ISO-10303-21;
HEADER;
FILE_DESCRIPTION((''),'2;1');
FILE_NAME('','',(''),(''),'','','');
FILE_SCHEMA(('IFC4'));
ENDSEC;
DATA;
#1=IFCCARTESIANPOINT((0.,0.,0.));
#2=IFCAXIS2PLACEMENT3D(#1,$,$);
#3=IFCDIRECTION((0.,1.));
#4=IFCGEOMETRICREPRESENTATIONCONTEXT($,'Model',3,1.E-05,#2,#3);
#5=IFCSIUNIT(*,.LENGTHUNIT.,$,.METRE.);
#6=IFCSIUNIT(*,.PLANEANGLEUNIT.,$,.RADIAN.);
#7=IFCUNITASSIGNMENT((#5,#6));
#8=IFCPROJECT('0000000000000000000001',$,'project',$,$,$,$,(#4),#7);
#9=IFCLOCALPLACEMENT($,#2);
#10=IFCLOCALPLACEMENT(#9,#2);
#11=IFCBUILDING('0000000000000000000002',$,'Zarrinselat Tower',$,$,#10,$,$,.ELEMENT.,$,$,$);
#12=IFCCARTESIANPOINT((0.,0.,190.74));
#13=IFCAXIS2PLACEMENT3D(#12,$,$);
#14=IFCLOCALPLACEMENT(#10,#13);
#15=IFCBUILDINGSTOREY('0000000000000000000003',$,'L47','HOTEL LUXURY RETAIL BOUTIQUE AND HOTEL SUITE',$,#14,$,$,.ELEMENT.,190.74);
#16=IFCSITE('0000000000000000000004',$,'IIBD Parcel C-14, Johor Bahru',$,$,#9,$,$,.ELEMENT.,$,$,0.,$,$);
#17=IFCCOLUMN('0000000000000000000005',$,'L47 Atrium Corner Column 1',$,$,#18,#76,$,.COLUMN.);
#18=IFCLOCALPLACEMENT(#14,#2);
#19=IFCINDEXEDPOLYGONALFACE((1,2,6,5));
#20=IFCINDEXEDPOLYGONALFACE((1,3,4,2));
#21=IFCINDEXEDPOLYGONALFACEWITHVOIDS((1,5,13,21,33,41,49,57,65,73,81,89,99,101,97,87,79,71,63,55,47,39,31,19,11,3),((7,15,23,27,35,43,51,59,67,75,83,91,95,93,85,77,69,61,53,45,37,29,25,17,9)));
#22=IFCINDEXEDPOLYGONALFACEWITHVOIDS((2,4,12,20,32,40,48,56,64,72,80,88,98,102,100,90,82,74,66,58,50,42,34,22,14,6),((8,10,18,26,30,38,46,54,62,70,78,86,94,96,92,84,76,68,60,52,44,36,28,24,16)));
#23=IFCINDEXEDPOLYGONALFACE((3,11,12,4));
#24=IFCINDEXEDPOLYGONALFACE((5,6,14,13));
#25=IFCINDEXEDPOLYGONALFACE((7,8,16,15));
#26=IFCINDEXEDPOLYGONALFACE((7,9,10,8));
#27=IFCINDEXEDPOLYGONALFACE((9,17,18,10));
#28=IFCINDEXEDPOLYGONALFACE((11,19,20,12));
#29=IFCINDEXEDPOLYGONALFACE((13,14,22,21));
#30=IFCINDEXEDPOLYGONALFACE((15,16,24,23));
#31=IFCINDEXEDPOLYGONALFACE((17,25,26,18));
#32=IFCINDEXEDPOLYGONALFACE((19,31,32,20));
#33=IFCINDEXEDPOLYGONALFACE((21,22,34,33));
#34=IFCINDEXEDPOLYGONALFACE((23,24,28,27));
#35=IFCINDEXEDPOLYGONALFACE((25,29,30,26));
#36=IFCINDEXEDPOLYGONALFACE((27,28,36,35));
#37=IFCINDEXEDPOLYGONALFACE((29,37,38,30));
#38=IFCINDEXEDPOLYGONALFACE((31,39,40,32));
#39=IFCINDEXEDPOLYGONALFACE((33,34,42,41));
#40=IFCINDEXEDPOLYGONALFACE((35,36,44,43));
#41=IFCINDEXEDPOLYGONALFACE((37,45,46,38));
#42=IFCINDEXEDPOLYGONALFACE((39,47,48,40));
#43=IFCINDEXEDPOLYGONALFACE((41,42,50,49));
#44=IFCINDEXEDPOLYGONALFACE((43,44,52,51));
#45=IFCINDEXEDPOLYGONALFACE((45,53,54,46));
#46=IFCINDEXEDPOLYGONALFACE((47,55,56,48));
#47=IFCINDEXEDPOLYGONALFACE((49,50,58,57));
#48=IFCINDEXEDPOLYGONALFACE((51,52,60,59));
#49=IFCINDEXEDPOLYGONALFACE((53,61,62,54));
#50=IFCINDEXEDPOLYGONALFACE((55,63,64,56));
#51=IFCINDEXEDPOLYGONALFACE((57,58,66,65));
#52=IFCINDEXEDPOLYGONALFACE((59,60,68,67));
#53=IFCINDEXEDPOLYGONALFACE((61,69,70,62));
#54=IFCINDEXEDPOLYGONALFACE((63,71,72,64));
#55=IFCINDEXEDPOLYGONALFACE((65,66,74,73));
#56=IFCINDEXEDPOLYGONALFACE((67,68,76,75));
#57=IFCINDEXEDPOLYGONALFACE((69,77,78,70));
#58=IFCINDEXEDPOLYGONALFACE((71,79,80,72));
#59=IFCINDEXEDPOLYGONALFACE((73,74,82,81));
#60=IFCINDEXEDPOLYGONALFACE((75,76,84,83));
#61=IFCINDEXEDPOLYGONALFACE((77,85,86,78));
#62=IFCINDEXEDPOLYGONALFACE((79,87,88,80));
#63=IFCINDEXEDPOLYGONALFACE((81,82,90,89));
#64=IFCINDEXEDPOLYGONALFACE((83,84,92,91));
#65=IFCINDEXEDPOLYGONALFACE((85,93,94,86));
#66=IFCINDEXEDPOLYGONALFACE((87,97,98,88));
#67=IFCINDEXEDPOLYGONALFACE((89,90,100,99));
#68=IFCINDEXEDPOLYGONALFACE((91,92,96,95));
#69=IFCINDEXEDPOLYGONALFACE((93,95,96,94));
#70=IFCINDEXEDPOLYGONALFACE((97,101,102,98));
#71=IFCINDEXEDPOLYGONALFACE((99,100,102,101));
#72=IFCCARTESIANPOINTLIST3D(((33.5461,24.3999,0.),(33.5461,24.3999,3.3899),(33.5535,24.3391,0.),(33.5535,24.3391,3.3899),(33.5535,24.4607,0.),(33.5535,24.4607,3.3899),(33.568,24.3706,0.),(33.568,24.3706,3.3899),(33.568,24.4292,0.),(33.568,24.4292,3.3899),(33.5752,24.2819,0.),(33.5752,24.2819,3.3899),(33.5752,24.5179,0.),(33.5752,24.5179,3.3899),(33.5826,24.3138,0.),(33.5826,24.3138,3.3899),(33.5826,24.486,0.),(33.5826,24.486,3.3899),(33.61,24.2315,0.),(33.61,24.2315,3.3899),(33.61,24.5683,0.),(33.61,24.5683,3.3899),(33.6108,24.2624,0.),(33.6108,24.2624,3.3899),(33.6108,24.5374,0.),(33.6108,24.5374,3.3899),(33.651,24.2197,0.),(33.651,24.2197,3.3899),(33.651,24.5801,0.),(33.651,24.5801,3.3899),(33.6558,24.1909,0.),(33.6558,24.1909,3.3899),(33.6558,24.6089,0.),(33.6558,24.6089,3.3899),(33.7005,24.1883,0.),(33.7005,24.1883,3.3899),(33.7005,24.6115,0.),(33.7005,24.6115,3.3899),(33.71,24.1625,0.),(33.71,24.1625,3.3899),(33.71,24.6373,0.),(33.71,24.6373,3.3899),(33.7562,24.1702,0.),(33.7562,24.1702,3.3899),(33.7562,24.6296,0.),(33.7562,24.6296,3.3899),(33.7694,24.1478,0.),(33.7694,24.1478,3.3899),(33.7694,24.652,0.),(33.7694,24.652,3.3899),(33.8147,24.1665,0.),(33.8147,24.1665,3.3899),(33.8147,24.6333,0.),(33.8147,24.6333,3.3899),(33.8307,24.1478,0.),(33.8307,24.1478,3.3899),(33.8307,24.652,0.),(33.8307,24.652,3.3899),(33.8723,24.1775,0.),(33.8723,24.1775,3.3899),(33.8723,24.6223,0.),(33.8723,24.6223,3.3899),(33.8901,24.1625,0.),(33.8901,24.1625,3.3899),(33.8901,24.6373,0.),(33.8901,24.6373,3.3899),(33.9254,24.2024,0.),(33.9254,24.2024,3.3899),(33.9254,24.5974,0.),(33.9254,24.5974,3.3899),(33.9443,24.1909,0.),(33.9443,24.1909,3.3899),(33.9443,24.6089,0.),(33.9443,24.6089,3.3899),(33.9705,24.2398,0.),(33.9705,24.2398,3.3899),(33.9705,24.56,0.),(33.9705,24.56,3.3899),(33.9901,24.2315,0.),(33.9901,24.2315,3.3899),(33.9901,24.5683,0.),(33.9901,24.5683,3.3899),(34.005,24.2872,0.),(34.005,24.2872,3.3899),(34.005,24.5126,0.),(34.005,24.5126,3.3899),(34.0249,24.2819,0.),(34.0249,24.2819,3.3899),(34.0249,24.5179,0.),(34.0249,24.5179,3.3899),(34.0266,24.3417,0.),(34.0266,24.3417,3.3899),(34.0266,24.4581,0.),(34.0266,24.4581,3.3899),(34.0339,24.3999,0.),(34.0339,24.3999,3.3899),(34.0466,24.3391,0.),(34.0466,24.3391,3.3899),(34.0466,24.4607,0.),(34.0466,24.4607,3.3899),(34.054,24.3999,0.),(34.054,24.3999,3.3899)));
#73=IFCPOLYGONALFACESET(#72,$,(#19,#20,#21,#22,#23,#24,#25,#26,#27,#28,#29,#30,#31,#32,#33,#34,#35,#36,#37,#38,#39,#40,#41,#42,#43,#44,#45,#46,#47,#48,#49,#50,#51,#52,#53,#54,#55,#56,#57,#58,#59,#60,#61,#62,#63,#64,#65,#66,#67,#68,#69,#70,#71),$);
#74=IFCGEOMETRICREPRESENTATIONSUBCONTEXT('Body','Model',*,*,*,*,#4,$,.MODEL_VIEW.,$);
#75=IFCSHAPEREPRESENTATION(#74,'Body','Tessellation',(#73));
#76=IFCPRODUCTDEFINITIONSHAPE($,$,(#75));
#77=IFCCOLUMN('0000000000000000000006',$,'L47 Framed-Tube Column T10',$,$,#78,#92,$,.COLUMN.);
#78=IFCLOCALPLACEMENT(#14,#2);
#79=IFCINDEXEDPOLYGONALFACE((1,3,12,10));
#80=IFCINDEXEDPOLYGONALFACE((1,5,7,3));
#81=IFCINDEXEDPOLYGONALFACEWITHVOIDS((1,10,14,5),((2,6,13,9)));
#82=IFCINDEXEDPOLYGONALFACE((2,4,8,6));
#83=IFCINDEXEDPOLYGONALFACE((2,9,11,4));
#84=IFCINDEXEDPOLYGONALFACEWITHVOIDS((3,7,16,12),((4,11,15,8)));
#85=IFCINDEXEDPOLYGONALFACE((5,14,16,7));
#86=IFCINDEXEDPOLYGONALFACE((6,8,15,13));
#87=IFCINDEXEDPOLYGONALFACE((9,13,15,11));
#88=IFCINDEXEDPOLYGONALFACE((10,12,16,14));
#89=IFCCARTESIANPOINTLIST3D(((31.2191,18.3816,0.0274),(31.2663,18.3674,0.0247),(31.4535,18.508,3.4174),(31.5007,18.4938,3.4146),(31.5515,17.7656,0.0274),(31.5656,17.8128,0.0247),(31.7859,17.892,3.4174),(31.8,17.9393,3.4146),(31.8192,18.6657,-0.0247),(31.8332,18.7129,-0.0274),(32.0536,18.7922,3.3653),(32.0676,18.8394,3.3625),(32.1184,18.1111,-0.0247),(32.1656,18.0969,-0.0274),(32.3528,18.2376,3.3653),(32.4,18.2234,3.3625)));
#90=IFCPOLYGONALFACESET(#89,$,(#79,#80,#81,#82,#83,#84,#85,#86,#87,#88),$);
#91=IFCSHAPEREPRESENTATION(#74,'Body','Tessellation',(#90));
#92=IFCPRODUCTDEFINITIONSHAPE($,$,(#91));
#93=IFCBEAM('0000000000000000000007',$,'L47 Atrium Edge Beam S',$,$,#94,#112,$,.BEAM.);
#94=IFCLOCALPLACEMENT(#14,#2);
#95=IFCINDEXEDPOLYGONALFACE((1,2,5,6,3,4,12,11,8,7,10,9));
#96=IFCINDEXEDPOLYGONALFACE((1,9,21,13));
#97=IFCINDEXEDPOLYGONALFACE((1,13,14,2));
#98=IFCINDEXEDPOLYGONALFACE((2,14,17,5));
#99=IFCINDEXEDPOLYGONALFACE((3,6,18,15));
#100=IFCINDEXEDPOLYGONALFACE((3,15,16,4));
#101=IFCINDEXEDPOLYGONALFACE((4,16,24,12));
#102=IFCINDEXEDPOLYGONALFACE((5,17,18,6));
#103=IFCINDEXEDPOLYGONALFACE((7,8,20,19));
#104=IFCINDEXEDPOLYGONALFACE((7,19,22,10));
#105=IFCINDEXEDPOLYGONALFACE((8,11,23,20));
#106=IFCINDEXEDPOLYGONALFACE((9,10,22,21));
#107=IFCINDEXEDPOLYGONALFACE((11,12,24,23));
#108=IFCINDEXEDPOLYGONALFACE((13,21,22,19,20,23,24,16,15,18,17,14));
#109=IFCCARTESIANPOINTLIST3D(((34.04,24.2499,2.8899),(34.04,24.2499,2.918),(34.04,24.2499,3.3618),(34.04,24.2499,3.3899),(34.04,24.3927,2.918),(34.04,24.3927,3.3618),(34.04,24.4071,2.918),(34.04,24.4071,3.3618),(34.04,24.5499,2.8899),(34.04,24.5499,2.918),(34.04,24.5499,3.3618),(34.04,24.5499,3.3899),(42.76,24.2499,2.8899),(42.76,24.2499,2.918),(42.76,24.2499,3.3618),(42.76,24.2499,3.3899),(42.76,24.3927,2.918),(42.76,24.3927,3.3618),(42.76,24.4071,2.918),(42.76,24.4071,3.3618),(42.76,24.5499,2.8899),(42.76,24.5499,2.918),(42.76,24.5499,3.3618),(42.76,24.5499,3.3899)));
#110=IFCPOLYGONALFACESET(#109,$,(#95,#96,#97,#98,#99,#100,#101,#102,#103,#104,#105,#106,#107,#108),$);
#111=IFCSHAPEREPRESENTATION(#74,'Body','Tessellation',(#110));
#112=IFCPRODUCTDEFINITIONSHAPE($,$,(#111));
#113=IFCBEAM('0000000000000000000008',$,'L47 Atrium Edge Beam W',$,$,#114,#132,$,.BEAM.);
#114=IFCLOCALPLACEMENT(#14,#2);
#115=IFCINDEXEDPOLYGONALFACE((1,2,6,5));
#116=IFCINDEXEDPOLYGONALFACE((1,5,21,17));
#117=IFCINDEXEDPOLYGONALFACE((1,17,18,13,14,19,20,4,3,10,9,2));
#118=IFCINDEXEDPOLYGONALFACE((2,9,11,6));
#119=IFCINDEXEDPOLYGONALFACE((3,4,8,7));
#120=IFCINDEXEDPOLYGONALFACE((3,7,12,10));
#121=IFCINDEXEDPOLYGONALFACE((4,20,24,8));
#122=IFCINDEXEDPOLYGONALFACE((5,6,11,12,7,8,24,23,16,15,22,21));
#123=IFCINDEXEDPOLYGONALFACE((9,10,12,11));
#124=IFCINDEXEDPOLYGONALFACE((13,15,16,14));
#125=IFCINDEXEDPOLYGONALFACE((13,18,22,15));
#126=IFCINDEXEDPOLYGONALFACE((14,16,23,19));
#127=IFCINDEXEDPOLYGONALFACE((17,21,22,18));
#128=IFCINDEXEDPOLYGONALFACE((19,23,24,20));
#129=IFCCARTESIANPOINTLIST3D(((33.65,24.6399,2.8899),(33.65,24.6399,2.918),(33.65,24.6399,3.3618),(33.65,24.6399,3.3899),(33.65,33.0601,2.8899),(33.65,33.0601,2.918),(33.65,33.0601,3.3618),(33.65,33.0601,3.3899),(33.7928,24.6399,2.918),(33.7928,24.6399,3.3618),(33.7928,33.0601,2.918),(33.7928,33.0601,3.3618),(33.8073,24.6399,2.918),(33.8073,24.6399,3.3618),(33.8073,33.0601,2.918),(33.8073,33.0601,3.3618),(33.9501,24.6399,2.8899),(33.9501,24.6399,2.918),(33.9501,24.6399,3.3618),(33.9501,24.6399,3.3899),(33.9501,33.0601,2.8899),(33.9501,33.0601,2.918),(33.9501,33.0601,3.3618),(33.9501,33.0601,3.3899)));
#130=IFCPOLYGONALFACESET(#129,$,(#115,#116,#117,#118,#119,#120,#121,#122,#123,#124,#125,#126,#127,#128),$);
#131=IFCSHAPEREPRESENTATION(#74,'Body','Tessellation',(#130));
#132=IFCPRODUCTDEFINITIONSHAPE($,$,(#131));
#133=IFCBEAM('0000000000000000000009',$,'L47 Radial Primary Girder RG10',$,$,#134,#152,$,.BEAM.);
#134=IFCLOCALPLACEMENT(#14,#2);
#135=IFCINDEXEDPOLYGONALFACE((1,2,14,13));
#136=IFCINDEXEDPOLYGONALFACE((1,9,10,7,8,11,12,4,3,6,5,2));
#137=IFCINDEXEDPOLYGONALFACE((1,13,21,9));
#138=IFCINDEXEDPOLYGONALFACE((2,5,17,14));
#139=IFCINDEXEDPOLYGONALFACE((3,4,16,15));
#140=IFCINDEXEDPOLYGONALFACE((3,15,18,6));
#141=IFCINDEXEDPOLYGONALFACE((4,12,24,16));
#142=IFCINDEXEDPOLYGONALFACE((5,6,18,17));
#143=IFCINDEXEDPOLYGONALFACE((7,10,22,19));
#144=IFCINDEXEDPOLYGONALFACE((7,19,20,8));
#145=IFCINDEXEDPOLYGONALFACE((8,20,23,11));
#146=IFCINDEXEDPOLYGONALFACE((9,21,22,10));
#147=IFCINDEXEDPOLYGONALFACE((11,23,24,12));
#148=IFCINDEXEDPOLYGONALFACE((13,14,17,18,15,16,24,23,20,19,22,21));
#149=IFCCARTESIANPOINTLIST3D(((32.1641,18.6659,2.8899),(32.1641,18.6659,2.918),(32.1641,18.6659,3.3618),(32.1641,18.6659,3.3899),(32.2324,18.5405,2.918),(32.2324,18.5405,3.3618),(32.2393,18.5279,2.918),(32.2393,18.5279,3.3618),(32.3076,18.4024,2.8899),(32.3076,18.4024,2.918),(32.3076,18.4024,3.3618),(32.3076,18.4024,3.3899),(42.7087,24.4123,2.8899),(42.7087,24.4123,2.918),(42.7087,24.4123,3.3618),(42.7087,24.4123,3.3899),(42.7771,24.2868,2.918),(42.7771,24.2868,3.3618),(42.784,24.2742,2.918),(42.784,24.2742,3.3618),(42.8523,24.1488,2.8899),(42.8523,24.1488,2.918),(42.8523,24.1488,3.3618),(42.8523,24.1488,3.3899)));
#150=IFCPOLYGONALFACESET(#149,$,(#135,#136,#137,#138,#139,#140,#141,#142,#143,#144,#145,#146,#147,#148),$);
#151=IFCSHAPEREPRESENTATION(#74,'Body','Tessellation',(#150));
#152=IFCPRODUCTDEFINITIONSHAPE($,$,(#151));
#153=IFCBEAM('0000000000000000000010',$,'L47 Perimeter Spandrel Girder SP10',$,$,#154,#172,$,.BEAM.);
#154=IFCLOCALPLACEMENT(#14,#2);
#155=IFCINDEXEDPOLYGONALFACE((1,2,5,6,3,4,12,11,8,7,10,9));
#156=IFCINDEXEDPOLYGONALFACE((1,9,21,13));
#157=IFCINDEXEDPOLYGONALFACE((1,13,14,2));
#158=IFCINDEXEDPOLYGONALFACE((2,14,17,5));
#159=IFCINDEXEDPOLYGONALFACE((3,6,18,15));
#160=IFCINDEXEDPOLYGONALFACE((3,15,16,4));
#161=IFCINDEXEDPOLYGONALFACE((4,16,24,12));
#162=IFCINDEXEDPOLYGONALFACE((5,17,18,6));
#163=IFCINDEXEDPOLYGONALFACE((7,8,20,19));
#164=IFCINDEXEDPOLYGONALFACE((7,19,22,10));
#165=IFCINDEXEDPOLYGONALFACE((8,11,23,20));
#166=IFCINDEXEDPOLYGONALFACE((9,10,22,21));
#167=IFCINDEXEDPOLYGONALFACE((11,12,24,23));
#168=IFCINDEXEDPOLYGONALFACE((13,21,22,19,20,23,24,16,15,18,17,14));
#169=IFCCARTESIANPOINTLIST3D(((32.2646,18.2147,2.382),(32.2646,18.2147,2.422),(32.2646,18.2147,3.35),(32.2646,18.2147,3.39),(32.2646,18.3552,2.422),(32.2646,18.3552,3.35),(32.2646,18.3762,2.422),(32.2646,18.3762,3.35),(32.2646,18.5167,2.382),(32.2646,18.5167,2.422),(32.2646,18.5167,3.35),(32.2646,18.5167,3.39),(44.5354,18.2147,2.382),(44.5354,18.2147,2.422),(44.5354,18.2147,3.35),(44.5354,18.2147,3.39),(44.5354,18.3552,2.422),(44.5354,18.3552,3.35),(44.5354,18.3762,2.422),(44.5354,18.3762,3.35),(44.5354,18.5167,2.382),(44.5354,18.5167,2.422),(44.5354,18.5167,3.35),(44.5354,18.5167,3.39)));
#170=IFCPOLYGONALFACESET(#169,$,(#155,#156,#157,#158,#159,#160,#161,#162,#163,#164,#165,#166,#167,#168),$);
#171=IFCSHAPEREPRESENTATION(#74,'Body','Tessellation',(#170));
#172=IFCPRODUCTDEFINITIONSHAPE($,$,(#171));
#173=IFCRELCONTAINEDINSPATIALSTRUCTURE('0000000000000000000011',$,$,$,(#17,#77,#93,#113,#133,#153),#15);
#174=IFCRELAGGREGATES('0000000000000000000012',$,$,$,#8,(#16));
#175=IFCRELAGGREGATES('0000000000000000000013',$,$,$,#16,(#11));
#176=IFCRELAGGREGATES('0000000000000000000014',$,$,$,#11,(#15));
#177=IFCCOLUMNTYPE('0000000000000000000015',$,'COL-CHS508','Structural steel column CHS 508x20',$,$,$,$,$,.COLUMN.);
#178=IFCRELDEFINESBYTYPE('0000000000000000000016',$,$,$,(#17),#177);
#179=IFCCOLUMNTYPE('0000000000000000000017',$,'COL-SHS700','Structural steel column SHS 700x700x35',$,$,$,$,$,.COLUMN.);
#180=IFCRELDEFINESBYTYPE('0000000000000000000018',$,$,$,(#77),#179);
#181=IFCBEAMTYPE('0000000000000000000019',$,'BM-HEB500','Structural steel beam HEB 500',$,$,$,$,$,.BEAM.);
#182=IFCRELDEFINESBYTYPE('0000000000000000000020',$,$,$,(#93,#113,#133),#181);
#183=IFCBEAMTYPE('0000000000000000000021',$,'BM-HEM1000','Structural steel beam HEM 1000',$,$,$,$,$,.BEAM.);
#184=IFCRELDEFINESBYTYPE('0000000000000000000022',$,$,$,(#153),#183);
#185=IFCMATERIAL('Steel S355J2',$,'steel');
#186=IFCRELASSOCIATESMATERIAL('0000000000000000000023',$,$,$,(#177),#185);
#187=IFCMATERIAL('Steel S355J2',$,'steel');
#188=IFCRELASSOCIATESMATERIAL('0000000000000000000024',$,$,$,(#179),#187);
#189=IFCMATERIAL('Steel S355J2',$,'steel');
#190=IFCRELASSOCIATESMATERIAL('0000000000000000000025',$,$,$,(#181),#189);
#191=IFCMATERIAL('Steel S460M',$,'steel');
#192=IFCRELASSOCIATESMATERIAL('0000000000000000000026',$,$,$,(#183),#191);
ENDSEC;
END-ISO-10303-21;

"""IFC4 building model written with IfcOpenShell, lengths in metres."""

from ifc_helpers import new_model, si_unit, direction, frame, origin, origin_2d, place, context, subcontext, project, spatial, hollow_rectangle, hollow_circle, i_section, extrude, material, material_profile, profile_set, type_object, element, save


model = new_model("IFC4")

# Units and contexts
model_context = context("Model", 3, precision=1e-05, world=origin(), true_north=direction((0.0, 1.0)))
body_context = subcontext(model_context, "Body", "Model", "MODEL_VIEW")
ifc_project = project(units=[si_unit("LENGTHUNIT", "METRE"), si_unit("PLANEANGLEUNIT", "RADIAN")], contexts=[model_context])

# Site, building, storey
site_placement = place(None, origin())
site = spatial("IfcSite", under=ifc_project, at=site_placement, Name="IIBD Parcel C-14, Johor Bahru", CompositionType="ELEMENT", RefElevation=0.0)
building_placement = place(site_placement, origin())
building = spatial("IfcBuilding", under=site, at=building_placement, Name="Zarrinselat Tower", CompositionType="ELEMENT")
storey_placement = place(building_placement, frame((0.0, 0.0, 190.74)))
storey = spatial("IfcBuildingStorey", under=building, at=storey_placement, Name="L47", Description="HOTEL LUXURY RETAIL BOUTIQUE AND HOTEL SUITE", CompositionType="ELEMENT", Elevation=190.74)

# Columns
ifc_material_1 = material(Name="Steel S355J2", Category="steel")
ifc_material_profile_1 = material_profile(ifc_material_1, hollow_circle(Radius=0.2539, WallThickness=0.02, at=origin_2d()), Name="CHS 508x20")
ifc_profile_set_1 = profile_set([ifc_material_profile_1], Name="Steel S355J2")
column_type_1 = type_object("IfcColumnType", Name="COL-CHS508", Description="Structural steel column CHS 508x20", PredefinedType="COLUMN", material=ifc_profile_set_1)
column_1_placement = place(storey_placement, frame((33.8, 24.3999, 0.0), z_axis=(0.0, 0.0, 1.0), x_axis=(1.0, 0.0, 0.0)))
element("IfcColumn", 1, at=column_1_placement, inside=storey, type_object=column_type_1, Name="L47 Atrium Corner Column 1", PredefinedType="COLUMN", context=body_context, shape_type="SweptSolid", body=[
    extrude(hollow_circle(Radius=0.2539, WallThickness=0.02, at=origin_2d()), origin(), (0.0, 0.0, 1.0), 3.3899),
])
ifc_material_2 = material(Name="Steel S355J2", Category="steel")
ifc_material_profile_2 = material_profile(ifc_material_2, hollow_rectangle(XDim=0.7, YDim=0.7, WallThickness=0.0349, at=origin_2d()), Name="SHS 700x700x35")
ifc_profile_set_2 = profile_set([ifc_material_profile_2], Name="Steel S355J2")
column_type_2 = type_object("IfcColumnType", Name="COL-SHS700", Description="Structural steel column SHS 700x700x35", PredefinedType="COLUMN", material=ifc_profile_set_2)
column_2_placement = place(storey_placement, frame((31.6924, 18.2393, 0.0), z_axis=(0.068927, 0.037192, 0.996928), x_axis=(-0.474865, 0.880059, 0.0)))
element("IfcColumn", 2, at=column_2_placement, inside=storey, type_object=column_type_2, Name="L47 Framed-Tube Column T10", PredefinedType="COLUMN", context=body_context, shape_type="SweptSolid", body=[
    extrude(hollow_rectangle(XDim=0.7, YDim=0.7, WallThickness=0.0349, at=origin_2d()), origin(), (0.0, 0.0, 1.0), 3.4004),
])

# Beams
ifc_material_3 = material(Name="Steel S355J2", Category="steel")
ifc_material_profile_3 = material_profile(ifc_material_3, i_section(OverallWidth=0.3, OverallDepth=0.5, WebThickness=0.0144, FlangeThickness=0.0281, at=origin_2d()), Name="HEB 500")
ifc_profile_set_3 = profile_set([ifc_material_profile_3], Name="Steel S355J2")
beam_type_1 = type_object("IfcBeamType", Name="BM-HEB500", Description="Structural steel beam HEB 500", PredefinedType="BEAM", material=ifc_profile_set_3)
beam_1_placement = place(storey_placement, frame((34.04, 24.3999, 3.1399), z_axis=(1.0, 0.0, 0.0), x_axis=(0.0, 1.0, 0.0)))
element("IfcBeam", 3, at=beam_1_placement, inside=storey, type_object=beam_type_1, Name="L47 Atrium Edge Beam S", PredefinedType="BEAM", context=body_context, shape_type="SweptSolid", body=[
    extrude(i_section(OverallWidth=0.3, OverallDepth=0.5, WebThickness=0.0144, FlangeThickness=0.0281, at=origin_2d()), origin(), (0.0, 0.0, 1.0), 8.72),
])
beam_2_placement = place(storey_placement, frame((33.8, 24.6399, 3.1399), z_axis=(0.0, 1.0, 0.0), x_axis=(-1.0, 0.0, 0.0)))
element("IfcBeam", 4, at=beam_2_placement, inside=storey, type_object=beam_type_1, Name="L47 Atrium Edge Beam W", PredefinedType="BEAM", context=body_context, shape_type="SweptSolid", body=[
    extrude(i_section(OverallWidth=0.3, OverallDepth=0.5, WebThickness=0.0144, FlangeThickness=0.0281, at=origin_2d()), origin(), (0.0, 0.0, 1.0), 8.4202),
])
beam_3_placement = place(storey_placement, frame((32.2358, 18.5342, 3.1399), z_axis=(0.878081, 0.478512, 0.0), x_axis=(-0.478512, 0.878081, 0.0)))
element("IfcBeam", 5, at=beam_3_placement, inside=storey, type_object=beam_type_1, Name="L47 Radial Primary Girder RG10", PredefinedType="BEAM", context=body_context, shape_type="SweptSolid", body=[
    extrude(i_section(OverallWidth=0.3, OverallDepth=0.5, WebThickness=0.0144, FlangeThickness=0.0281, at=origin_2d()), origin(), (0.0, 0.0, 1.0), 12.0088),
])
ifc_material_4 = material(Name="Steel S460M", Category="steel")
ifc_material_profile_4 = material_profile(ifc_material_4, i_section(OverallWidth=0.302, OverallDepth=1.0081, WebThickness=0.021, FlangeThickness=0.04, at=origin_2d()), Name="HEM 1000")
ifc_profile_set_4 = profile_set([ifc_material_profile_4], Name="Steel S460M")
beam_type_2 = type_object("IfcBeamType", Name="BM-HEM1000", Description="Structural steel beam HEM 1000", PredefinedType="BEAM", material=ifc_profile_set_4)
beam_4_placement = place(storey_placement, frame((32.2646, 18.3657, 2.886), z_axis=(1.0, 0.0, 0.0), x_axis=(0.0, 1.0, 0.0)))
element("IfcBeam", 6, at=beam_4_placement, inside=storey, type_object=beam_type_2, Name="L47 Perimeter Spandrel Girder SP10", PredefinedType="BEAM", context=body_context, shape_type="SweptSolid", body=[
    extrude(i_section(OverallWidth=0.302, OverallDepth=1.0081, WebThickness=0.021, FlangeThickness=0.04, at=origin_2d()), origin(), (0.0, 0.0, 1.0), 12.2708),
])

save(model, "model.ifc")
